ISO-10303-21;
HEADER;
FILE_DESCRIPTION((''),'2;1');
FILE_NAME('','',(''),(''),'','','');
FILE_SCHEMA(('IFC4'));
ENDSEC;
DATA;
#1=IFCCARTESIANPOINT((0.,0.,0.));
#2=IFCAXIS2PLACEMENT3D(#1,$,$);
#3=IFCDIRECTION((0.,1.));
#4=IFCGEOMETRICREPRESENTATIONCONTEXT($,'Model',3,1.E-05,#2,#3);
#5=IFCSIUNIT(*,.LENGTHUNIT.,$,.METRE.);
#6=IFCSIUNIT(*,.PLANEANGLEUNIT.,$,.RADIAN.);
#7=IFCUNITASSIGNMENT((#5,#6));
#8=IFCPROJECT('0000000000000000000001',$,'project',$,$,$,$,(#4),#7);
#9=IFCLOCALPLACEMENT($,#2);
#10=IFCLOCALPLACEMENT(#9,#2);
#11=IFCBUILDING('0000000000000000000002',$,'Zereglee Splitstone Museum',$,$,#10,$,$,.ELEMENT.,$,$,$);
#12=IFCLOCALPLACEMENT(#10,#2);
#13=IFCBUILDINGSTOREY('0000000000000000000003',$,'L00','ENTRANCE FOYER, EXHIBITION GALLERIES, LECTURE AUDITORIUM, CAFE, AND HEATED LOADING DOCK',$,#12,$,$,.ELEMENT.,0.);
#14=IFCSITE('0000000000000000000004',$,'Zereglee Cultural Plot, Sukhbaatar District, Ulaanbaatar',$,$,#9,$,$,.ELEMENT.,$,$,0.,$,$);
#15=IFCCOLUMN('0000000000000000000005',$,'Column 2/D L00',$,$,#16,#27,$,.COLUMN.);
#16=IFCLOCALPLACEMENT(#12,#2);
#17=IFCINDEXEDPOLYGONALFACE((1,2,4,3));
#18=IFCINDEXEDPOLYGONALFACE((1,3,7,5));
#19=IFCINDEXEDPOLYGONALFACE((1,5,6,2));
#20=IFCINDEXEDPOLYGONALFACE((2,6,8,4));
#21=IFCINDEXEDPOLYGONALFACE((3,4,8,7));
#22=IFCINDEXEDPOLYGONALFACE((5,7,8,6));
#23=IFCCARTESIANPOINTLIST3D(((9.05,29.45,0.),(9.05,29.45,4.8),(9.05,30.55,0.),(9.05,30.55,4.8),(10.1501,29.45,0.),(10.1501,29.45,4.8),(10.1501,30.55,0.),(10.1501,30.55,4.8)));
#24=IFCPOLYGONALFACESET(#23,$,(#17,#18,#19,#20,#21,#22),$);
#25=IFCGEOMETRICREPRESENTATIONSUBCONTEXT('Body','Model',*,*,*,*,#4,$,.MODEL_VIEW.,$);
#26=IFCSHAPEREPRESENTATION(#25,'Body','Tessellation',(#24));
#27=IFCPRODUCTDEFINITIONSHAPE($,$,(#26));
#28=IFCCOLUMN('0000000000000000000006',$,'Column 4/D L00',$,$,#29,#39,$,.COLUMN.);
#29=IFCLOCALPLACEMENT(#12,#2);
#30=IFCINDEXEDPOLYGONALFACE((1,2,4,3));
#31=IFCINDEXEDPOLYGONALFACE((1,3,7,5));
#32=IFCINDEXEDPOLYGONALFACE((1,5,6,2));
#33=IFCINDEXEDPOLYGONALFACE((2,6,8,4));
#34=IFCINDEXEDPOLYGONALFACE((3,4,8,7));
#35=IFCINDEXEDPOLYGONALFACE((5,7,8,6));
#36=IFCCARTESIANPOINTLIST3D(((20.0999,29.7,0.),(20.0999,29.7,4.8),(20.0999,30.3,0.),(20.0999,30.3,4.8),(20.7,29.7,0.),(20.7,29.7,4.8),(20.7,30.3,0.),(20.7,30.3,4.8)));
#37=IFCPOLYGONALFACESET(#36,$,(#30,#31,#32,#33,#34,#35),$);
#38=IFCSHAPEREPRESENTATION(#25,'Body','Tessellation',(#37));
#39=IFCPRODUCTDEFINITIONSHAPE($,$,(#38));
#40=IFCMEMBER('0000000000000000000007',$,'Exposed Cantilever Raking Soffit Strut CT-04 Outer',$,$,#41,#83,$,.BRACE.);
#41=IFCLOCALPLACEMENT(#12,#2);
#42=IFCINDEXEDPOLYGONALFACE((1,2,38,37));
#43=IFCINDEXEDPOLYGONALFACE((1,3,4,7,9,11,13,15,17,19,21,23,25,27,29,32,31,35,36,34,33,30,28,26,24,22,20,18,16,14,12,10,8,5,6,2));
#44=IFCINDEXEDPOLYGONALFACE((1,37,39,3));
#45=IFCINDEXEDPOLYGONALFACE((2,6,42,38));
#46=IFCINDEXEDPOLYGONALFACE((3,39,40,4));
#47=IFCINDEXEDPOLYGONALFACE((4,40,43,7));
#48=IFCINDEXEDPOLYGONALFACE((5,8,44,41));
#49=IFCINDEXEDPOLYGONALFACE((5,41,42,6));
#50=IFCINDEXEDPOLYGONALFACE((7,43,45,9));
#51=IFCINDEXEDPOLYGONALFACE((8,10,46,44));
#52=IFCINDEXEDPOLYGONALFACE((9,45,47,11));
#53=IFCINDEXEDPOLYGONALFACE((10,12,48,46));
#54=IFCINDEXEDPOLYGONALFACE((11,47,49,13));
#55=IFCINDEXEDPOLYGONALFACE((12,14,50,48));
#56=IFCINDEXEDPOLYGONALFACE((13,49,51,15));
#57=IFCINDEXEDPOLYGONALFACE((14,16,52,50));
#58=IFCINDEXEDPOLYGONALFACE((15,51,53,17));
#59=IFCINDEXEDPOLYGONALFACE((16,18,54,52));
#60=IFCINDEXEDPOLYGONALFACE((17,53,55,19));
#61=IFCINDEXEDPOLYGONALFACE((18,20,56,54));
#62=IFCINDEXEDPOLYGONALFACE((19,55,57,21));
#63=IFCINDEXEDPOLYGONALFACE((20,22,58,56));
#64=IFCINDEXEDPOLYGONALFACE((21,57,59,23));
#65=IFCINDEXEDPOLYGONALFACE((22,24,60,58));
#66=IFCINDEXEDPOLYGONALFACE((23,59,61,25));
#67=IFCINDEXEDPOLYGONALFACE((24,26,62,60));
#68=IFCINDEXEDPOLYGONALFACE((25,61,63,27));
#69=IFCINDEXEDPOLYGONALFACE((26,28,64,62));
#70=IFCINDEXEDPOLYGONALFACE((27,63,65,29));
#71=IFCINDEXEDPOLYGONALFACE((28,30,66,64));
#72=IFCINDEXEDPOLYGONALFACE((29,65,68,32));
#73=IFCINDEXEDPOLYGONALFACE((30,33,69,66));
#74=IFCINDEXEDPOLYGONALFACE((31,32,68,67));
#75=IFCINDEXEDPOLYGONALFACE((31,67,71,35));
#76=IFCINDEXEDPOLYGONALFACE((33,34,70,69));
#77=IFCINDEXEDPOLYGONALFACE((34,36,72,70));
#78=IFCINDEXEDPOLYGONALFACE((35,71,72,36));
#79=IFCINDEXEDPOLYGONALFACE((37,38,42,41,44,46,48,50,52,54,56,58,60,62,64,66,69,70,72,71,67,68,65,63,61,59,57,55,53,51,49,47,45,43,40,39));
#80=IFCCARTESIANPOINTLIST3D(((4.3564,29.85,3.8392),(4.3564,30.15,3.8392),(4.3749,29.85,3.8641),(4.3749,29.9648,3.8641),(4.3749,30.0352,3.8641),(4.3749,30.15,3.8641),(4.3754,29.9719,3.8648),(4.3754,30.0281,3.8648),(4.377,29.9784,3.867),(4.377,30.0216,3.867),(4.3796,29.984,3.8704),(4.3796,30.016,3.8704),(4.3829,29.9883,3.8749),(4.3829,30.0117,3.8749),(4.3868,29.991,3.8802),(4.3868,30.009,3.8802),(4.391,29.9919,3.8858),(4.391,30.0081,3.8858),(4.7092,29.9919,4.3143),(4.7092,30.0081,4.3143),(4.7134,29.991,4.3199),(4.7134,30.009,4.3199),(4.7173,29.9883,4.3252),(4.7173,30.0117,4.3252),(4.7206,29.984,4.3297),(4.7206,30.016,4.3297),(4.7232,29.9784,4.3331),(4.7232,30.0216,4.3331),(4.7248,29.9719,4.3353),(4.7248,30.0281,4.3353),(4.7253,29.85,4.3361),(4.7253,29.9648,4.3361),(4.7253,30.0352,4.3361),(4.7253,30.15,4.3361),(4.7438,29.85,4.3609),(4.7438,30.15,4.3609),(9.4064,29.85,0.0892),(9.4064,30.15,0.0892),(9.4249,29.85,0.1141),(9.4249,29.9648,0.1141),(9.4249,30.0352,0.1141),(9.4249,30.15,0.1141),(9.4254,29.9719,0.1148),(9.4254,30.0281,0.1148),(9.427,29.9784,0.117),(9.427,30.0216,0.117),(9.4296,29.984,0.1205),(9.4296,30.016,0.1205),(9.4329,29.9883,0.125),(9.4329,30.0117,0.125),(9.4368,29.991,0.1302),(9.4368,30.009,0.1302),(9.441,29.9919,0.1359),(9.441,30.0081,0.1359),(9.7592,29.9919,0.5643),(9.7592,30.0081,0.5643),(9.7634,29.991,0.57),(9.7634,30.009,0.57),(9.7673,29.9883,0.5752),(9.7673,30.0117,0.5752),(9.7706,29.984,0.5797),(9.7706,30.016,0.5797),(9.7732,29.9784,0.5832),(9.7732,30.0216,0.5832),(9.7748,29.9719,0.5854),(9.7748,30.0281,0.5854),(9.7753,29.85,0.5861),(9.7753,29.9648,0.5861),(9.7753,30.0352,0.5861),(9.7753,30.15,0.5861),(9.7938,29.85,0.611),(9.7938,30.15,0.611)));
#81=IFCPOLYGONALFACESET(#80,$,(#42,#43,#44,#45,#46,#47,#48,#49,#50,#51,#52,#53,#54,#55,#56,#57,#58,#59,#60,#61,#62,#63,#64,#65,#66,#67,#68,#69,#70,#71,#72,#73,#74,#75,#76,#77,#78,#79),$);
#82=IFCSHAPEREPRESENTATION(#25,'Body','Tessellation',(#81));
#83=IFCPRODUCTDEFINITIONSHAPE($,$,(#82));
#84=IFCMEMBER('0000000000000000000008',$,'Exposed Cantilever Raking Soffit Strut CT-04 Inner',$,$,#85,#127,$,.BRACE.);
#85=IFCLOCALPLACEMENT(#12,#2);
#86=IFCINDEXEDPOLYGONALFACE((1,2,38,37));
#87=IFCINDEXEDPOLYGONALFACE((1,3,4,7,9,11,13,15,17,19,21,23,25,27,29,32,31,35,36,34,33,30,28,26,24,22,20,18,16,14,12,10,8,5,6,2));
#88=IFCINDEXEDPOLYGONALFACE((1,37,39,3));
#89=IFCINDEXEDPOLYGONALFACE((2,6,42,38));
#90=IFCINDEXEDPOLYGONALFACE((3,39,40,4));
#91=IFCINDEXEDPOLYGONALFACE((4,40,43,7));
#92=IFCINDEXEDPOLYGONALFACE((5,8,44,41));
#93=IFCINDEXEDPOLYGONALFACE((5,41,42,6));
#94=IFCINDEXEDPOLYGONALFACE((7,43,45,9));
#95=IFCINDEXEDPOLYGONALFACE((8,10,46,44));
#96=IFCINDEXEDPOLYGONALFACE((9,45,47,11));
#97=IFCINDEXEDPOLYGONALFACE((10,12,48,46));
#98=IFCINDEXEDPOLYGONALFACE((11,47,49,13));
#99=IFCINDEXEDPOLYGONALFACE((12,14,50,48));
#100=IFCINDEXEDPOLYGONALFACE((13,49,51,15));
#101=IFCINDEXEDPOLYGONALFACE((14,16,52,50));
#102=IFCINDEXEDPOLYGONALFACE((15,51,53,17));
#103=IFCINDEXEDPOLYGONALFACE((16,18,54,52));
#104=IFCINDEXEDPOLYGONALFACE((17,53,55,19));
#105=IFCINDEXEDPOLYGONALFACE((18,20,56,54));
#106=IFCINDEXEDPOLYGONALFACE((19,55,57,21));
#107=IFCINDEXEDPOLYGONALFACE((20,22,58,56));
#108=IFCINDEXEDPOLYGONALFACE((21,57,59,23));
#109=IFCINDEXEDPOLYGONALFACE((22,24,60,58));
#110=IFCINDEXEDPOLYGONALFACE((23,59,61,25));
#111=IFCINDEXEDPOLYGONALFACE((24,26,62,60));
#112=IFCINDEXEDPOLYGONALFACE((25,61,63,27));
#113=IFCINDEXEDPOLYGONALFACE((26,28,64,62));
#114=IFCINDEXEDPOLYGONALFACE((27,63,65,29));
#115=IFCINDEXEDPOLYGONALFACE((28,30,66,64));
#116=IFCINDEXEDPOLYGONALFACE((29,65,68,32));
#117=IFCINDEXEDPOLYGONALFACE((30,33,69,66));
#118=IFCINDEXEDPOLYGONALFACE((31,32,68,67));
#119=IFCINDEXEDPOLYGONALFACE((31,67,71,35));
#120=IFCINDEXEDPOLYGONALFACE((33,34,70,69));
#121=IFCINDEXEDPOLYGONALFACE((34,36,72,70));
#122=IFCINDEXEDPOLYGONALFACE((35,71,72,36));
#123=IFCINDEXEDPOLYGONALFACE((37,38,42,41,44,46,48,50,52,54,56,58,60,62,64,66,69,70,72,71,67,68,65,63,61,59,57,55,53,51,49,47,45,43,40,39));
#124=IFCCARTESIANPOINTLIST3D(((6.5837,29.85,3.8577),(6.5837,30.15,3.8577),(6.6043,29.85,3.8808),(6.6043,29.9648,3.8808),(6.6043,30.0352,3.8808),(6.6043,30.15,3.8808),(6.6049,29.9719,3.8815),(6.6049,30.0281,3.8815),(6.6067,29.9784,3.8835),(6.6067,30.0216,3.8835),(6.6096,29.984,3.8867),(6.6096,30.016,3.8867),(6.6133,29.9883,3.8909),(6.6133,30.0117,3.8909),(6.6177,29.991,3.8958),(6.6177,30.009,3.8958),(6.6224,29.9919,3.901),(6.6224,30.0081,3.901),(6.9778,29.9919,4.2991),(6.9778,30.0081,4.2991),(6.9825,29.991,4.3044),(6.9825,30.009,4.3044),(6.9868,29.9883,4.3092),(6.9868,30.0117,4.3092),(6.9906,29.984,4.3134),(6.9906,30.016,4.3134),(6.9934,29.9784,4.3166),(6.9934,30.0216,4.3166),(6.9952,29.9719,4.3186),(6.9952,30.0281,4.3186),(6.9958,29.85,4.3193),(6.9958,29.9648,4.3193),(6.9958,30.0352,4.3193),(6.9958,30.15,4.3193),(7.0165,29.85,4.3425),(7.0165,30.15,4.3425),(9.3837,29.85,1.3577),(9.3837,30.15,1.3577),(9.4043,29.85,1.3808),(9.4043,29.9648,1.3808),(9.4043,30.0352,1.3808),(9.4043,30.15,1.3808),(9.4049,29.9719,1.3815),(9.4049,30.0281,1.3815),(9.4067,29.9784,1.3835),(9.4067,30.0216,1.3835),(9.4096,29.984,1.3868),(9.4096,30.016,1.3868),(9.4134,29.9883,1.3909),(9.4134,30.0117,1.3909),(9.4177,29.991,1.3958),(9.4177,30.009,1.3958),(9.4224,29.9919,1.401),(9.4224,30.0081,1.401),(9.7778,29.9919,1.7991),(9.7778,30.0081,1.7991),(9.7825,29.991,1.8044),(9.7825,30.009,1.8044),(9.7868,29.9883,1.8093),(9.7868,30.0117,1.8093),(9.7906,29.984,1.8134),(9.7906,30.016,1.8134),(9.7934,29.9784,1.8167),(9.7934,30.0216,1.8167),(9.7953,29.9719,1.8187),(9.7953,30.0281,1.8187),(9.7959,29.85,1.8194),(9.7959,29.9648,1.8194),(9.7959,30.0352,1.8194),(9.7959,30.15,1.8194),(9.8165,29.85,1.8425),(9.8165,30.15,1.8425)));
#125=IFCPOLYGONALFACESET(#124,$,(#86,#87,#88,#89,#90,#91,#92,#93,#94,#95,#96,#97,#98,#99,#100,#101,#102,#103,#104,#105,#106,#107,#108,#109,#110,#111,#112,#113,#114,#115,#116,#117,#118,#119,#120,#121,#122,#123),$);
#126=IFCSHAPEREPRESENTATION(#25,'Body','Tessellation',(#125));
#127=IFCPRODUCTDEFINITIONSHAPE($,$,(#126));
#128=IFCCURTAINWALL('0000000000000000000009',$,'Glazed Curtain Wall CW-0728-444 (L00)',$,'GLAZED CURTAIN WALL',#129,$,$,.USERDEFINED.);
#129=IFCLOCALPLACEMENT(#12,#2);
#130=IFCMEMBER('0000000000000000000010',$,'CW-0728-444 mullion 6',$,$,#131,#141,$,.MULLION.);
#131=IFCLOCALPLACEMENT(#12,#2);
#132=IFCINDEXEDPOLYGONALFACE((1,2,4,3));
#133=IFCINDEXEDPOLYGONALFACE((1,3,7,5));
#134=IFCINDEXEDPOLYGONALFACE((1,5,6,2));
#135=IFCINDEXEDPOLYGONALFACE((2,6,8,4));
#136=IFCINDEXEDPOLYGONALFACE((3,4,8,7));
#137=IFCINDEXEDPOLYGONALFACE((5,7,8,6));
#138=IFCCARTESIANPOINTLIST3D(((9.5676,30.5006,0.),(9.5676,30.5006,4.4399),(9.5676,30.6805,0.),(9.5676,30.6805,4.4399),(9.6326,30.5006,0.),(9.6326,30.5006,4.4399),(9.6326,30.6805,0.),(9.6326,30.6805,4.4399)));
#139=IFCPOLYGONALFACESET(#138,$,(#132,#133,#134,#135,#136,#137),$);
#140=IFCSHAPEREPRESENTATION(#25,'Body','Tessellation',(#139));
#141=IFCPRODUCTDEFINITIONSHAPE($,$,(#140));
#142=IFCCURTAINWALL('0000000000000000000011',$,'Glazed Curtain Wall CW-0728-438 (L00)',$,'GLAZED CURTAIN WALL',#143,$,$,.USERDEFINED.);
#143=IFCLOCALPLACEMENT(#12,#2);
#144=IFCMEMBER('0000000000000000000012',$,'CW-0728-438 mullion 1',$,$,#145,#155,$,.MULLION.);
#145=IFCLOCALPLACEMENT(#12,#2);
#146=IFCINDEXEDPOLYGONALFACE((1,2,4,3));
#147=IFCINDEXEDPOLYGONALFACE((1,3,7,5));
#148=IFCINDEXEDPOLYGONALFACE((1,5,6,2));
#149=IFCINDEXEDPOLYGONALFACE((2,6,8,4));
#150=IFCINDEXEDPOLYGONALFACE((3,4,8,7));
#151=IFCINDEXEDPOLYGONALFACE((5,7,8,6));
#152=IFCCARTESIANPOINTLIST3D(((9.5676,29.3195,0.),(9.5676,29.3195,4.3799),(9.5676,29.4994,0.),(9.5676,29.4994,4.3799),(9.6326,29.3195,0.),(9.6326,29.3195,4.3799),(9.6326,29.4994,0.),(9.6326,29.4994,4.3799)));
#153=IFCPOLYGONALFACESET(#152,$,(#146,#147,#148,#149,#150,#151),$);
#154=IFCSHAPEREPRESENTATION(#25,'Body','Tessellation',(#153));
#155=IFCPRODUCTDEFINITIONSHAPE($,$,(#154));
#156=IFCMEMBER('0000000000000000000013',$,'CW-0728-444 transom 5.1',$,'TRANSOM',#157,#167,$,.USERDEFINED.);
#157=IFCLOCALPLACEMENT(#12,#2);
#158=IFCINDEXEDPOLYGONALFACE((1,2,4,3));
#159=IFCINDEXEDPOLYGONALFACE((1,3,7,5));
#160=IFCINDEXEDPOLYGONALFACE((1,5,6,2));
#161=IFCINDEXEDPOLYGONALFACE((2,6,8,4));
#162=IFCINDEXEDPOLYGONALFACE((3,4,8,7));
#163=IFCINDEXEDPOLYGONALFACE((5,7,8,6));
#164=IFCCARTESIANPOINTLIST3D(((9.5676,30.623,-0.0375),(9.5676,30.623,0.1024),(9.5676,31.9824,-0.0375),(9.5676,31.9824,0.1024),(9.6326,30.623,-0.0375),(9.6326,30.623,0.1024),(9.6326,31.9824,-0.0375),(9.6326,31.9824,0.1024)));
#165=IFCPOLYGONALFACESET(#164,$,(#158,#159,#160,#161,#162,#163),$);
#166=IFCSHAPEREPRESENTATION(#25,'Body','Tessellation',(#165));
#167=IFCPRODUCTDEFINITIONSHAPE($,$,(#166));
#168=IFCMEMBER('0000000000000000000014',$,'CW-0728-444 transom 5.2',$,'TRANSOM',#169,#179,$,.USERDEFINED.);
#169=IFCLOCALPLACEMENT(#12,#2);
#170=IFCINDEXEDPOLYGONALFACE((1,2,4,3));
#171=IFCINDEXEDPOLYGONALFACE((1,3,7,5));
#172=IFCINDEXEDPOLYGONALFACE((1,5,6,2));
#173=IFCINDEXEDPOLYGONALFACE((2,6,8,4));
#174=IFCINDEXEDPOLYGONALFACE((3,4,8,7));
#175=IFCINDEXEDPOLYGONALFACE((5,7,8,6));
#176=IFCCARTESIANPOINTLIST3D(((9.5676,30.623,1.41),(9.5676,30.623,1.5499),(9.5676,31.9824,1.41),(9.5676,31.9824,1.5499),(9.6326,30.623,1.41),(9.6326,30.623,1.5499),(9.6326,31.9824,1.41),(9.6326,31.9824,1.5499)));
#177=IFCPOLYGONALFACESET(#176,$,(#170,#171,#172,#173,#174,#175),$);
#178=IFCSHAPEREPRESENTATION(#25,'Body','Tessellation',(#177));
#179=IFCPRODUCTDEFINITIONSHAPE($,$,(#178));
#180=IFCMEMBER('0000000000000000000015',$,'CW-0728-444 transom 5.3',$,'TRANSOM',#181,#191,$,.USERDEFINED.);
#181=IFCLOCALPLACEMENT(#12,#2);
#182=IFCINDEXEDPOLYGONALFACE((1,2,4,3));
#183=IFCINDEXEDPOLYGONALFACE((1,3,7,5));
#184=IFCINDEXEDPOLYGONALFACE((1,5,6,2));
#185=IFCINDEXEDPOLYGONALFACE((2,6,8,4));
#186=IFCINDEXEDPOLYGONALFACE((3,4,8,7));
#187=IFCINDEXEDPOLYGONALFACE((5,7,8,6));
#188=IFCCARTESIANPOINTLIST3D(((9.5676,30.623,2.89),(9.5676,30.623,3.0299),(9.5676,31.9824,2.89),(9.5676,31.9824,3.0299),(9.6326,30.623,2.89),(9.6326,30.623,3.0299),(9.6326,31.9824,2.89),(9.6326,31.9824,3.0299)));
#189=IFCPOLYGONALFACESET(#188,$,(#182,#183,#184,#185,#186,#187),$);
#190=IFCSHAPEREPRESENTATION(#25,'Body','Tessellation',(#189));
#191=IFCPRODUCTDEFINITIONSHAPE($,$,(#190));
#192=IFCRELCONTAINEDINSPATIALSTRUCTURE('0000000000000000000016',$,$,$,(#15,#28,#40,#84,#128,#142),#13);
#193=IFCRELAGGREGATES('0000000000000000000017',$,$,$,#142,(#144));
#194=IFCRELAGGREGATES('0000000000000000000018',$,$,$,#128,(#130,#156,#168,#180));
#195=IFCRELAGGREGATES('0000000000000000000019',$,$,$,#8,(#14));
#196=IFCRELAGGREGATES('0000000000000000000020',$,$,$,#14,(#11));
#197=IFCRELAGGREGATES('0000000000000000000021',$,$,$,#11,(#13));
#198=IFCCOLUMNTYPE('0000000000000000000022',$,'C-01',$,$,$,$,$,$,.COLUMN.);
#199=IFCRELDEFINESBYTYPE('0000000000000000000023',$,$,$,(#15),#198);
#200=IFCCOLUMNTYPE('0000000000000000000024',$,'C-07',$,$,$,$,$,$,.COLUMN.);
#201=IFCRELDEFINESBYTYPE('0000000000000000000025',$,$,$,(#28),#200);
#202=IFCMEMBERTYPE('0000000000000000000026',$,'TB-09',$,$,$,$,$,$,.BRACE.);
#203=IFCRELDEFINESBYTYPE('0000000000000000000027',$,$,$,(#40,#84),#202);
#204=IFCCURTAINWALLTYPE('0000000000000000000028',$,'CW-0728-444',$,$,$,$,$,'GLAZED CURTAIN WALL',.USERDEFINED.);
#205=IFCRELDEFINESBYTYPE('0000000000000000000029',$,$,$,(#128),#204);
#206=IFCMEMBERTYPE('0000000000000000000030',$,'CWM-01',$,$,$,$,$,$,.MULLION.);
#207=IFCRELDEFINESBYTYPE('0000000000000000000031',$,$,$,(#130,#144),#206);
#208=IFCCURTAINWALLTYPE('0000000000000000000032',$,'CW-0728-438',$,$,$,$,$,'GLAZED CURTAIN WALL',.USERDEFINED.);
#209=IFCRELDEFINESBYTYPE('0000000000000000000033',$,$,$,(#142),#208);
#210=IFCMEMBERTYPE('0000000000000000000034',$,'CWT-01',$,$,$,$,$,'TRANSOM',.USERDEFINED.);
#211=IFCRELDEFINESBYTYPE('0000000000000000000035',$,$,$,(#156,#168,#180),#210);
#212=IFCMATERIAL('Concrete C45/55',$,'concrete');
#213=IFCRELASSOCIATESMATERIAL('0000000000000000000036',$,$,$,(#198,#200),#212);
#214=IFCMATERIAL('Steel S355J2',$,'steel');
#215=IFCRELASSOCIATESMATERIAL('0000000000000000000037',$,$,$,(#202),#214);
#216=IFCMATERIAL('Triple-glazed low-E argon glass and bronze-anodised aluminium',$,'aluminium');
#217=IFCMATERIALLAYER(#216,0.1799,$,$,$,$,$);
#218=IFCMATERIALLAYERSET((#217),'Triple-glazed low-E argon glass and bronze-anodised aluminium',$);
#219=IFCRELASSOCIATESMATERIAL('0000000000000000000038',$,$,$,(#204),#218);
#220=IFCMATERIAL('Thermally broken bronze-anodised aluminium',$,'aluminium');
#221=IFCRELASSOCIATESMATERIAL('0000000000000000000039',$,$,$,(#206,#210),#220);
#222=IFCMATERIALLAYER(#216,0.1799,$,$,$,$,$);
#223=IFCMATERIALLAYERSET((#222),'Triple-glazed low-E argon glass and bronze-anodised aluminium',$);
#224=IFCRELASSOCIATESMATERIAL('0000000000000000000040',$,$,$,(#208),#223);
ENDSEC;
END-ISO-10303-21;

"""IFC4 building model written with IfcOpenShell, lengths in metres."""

from ifc_helpers import new_model, si_unit, direction, frame, origin, origin_2d, place, context, subcontext, project, spatial, rectangle, i_section, extrude, material, layer, layer_set, material_profile, profile_set, type_object, element, aggregate, save


model = new_model("IFC4")

# Units and contexts
model_context = context("Model", 3, precision=1e-05, world=origin(), true_north=direction((0.0, 1.0)))
body_context = subcontext(model_context, "Body", "Model", "MODEL_VIEW")
ifc_project = project(units=[si_unit("LENGTHUNIT", "METRE"), si_unit("PLANEANGLEUNIT", "RADIAN")], contexts=[model_context])

# Site, building, storey
site_placement = place(None, origin())
site = spatial("IfcSite", under=ifc_project, at=site_placement, Name="Zereglee Cultural Plot, Sukhbaatar District, Ulaanbaatar", CompositionType="ELEMENT", RefElevation=0.0)
building_placement = place(site_placement, origin())
building = spatial("IfcBuilding", under=site, at=building_placement, Name="Zereglee Splitstone Museum", CompositionType="ELEMENT")
storey_placement = place(building_placement, origin())
storey = spatial("IfcBuildingStorey", under=building, at=storey_placement, Name="L00", Description="ENTRANCE FOYER, EXHIBITION GALLERIES, LECTURE AUDITORIUM, CAFE, AND HEATED LOADING DOCK", CompositionType="ELEMENT", Elevation=0.0)

# Columns
ifc_material_1 = material(Name="Concrete C45/55", Category="concrete")
ifc_material_profile_1 = material_profile(ifc_material_1, rectangle(XDim=1.1001, YDim=1.1001, at=origin_2d()), Name="RC 1100x1100")
ifc_profile_set_1 = profile_set([ifc_material_profile_1], Name="Concrete C45/55")
column_type_1 = type_object("IfcColumnType", Name="C-01", PredefinedType="COLUMN", material=ifc_profile_set_1)
column_1_placement = place(storey_placement, frame((9.6001, 30.0, 0.0), z_axis=(0.0, 0.0, 1.0), x_axis=(1.0, 0.0, 0.0)))
element("IfcColumn", 1, at=column_1_placement, inside=storey, type_object=column_type_1, Name="Column 2/D L00", PredefinedType="COLUMN", context=body_context, shape_type="SweptSolid", body=[
    extrude(rectangle(XDim=1.1001, YDim=1.1001, at=origin_2d()), origin(), (0.0, 0.0, 1.0), 4.8),
])
ifc_material_profile_2 = material_profile(ifc_material_1, rectangle(XDim=0.6001, YDim=0.6001, at=origin_2d()), Name="RC 600x600")
ifc_profile_set_2 = profile_set([ifc_material_profile_2], Name="Concrete C45/55")
column_type_2 = type_object("IfcColumnType", Name="C-07", PredefinedType="COLUMN", material=ifc_profile_set_2)
column_2_placement = place(storey_placement, frame((20.3999, 30.0, 0.0), z_axis=(0.0, 0.0, 1.0), x_axis=(1.0, 0.0, 0.0)))
element("IfcColumn", 2, at=column_2_placement, inside=storey, type_object=column_type_2, Name="Column 4/D L00", PredefinedType="COLUMN", context=body_context, shape_type="SweptSolid", body=[
    extrude(rectangle(XDim=0.6001, YDim=0.6001, at=origin_2d()), origin(), (0.0, 0.0, 1.0), 4.8),
])

# Members
ifc_material_2 = material(Name="Steel S355J2", Category="steel")
ifc_material_profile_3 = material_profile(ifc_material_2, i_section(OverallWidth=0.3, OverallDepth=0.6499, WebThickness=0.0161, FlangeThickness=0.031, FilletRadius=0.0271, at=origin_2d()), Name="HE 650 B")
ifc_profile_set_3 = profile_set([ifc_material_profile_3], Name="Steel S355J2")
member_type_1 = type_object("IfcMemberType", Name="TB-09", PredefinedType="BRACE", material=ifc_profile_set_3)
member_1_placement = place(storey_placement, frame((9.6001, 30.0, 0.3501), z_axis=(-0.802855, 0.0, 0.596174), x_axis=(0.0, -1.0, 0.0)))
element("IfcMember", 3, at=member_1_placement, inside=storey, type_object=member_type_1, Name="Exposed Cantilever Raking Soffit Strut CT-04 Outer", PredefinedType="BRACE", context=body_context, shape_type="SweptSolid", body=[
    extrude(i_section(OverallWidth=0.3, OverallDepth=0.6499, WebThickness=0.0161, FlangeThickness=0.031, FilletRadius=0.0271, at=origin_2d()), origin(), (0.0, 0.0, 1.0), 6.29),
])
member_2_placement = place(storey_placement, frame((9.6001, 30.0, 1.6001), z_axis=(-0.745943, 0.0, 0.666009), x_axis=(0.0, -1.0, 0.0)))
element("IfcMember", 4, at=member_2_placement, inside=storey, type_object=member_type_1, Name="Exposed Cantilever Raking Soffit Strut CT-04 Inner", PredefinedType="BRACE", context=body_context, shape_type="SweptSolid", body=[
    extrude(i_section(OverallWidth=0.3, OverallDepth=0.6499, WebThickness=0.0161, FlangeThickness=0.031, FilletRadius=0.0271, at=origin_2d()), origin(), (0.0, 0.0, 1.0), 3.7537),
])

# Curtain walls, members
ifc_material_3 = material(Name="Triple-glazed low-E argon glass and bronze-anodised aluminium", Category="aluminium")
ifc_layer_1 = layer(ifc_material_3, 0.1799)
ifc_layer_set_1 = layer_set([ifc_layer_1], Name="Triple-glazed low-E argon glass and bronze-anodised aluminium")
curtain_wall_type_1 = type_object("IfcCurtainWallType", Name="CW-0728-444", ElementType="GLAZED CURTAIN WALL", PredefinedType="USERDEFINED", material=ifc_layer_set_1)
curtain_wall_1_placement = place(storey_placement, origin())
curtain_wall_1 = element("IfcCurtainWall", 5, at=curtain_wall_1_placement, inside=storey, type_object=curtain_wall_type_1, Name="Glazed Curtain Wall CW-0728-444 (L00)", ObjectType="GLAZED CURTAIN WALL", PredefinedType="USERDEFINED")
ifc_material_4 = material(Name="Thermally broken bronze-anodised aluminium", Category="aluminium")
ifc_material_profile_4 = material_profile(ifc_material_4, rectangle(XDim=0.0649, YDim=0.1799, at=origin_2d()), Name="CW MULL 65x180")
ifc_profile_set_4 = profile_set([ifc_material_profile_4], Name="Thermally broken bronze-anodised aluminium")
member_type_2 = type_object("IfcMemberType", Name="CWM-01", PredefinedType="MULLION", material=ifc_profile_set_4)
member_3_placement = place(storey_placement, frame((9.6001, 30.5906, 0.0), z_axis=(0.0, 0.0, 1.0), x_axis=(1.0, 0.0, 0.0)))
member_3 = element("IfcMember", 6, at=member_3_placement, type_object=member_type_2, Name="CW-0728-444 mullion 6", PredefinedType="MULLION", context=body_context, shape_type="SweptSolid", body=[
    extrude(rectangle(XDim=0.0649, YDim=0.1799, at=origin_2d()), origin(), (0.0, 0.0, 1.0), 4.4399),
])
ifc_layer_2 = layer(ifc_material_3, 0.1799)
ifc_layer_set_2 = layer_set([ifc_layer_2], Name="Triple-glazed low-E argon glass and bronze-anodised aluminium")
curtain_wall_type_2 = type_object("IfcCurtainWallType", Name="CW-0728-438", ElementType="GLAZED CURTAIN WALL", PredefinedType="USERDEFINED", material=ifc_layer_set_2)
curtain_wall_2_placement = place(storey_placement, origin())
curtain_wall_2 = element("IfcCurtainWall", 7, at=curtain_wall_2_placement, inside=storey, type_object=curtain_wall_type_2, Name="Glazed Curtain Wall CW-0728-438 (L00)", ObjectType="GLAZED CURTAIN WALL", PredefinedType="USERDEFINED")
member_4_placement = place(storey_placement, frame((9.6001, 29.4094, 0.0), z_axis=(0.0, 0.0, 1.0), x_axis=(1.0, 0.0, 0.0)))
member_4 = element("IfcMember", 8, at=member_4_placement, type_object=member_type_2, Name="CW-0728-438 mullion 1", PredefinedType="MULLION", context=body_context, shape_type="SweptSolid", body=[
    extrude(rectangle(XDim=0.0649, YDim=0.1799, at=origin_2d()), origin(), (0.0, 0.0, 1.0), 4.3799),
])

# Members
ifc_material_profile_5 = material_profile(ifc_material_4, rectangle(XDim=0.0649, YDim=0.1399, at=origin_2d()), Name="CW TRAN 65x140")
ifc_profile_set_5 = profile_set([ifc_material_profile_5], Name="Thermally broken bronze-anodised aluminium")
member_type_3 = type_object("IfcMemberType", Name="CWT-01", ElementType="TRANSOM", PredefinedType="USERDEFINED", material=ifc_profile_set_5)
member_5_placement = place(storey_placement, frame((9.6001, 31.9824, 0.0325), z_axis=(0.0, -1.0, 0.0), x_axis=(1.0, 0.0, 0.0)))
member_5 = element("IfcMember", 9, at=member_5_placement, type_object=member_type_3, Name="CW-0728-444 transom 5.1", ObjectType="TRANSOM", PredefinedType="USERDEFINED", context=body_context, shape_type="SweptSolid", body=[
    extrude(rectangle(XDim=0.0649, YDim=0.1399, at=origin_2d()), origin(), (0.0, 0.0, 1.0), 1.3594),
])
member_6_placement = place(storey_placement, frame((9.6001, 31.9824, 1.48), z_axis=(0.0, -1.0, 0.0), x_axis=(1.0, 0.0, 0.0)))
member_6 = element("IfcMember", 10, at=member_6_placement, type_object=member_type_3, Name="CW-0728-444 transom 5.2", ObjectType="TRANSOM", PredefinedType="USERDEFINED", context=body_context, shape_type="SweptSolid", body=[
    extrude(rectangle(XDim=0.0649, YDim=0.1399, at=origin_2d()), origin(), (0.0, 0.0, 1.0), 1.3594),
])
member_7_placement = place(storey_placement, frame((9.6001, 31.9824, 2.96), z_axis=(0.0, -1.0, 0.0), x_axis=(1.0, 0.0, 0.0)))
member_7 = element("IfcMember", 11, at=member_7_placement, type_object=member_type_3, Name="CW-0728-444 transom 5.3", ObjectType="TRANSOM", PredefinedType="USERDEFINED", context=body_context, shape_type="SweptSolid", body=[
    extrude(rectangle(XDim=0.0649, YDim=0.1399, at=origin_2d()), origin(), (0.0, 0.0, 1.0), 1.3594),
])
aggregate(curtain_wall_2, [member_4])

aggregate(curtain_wall_1, [member_3, member_5, member_6, member_7])

save(model, "model.ifc")
